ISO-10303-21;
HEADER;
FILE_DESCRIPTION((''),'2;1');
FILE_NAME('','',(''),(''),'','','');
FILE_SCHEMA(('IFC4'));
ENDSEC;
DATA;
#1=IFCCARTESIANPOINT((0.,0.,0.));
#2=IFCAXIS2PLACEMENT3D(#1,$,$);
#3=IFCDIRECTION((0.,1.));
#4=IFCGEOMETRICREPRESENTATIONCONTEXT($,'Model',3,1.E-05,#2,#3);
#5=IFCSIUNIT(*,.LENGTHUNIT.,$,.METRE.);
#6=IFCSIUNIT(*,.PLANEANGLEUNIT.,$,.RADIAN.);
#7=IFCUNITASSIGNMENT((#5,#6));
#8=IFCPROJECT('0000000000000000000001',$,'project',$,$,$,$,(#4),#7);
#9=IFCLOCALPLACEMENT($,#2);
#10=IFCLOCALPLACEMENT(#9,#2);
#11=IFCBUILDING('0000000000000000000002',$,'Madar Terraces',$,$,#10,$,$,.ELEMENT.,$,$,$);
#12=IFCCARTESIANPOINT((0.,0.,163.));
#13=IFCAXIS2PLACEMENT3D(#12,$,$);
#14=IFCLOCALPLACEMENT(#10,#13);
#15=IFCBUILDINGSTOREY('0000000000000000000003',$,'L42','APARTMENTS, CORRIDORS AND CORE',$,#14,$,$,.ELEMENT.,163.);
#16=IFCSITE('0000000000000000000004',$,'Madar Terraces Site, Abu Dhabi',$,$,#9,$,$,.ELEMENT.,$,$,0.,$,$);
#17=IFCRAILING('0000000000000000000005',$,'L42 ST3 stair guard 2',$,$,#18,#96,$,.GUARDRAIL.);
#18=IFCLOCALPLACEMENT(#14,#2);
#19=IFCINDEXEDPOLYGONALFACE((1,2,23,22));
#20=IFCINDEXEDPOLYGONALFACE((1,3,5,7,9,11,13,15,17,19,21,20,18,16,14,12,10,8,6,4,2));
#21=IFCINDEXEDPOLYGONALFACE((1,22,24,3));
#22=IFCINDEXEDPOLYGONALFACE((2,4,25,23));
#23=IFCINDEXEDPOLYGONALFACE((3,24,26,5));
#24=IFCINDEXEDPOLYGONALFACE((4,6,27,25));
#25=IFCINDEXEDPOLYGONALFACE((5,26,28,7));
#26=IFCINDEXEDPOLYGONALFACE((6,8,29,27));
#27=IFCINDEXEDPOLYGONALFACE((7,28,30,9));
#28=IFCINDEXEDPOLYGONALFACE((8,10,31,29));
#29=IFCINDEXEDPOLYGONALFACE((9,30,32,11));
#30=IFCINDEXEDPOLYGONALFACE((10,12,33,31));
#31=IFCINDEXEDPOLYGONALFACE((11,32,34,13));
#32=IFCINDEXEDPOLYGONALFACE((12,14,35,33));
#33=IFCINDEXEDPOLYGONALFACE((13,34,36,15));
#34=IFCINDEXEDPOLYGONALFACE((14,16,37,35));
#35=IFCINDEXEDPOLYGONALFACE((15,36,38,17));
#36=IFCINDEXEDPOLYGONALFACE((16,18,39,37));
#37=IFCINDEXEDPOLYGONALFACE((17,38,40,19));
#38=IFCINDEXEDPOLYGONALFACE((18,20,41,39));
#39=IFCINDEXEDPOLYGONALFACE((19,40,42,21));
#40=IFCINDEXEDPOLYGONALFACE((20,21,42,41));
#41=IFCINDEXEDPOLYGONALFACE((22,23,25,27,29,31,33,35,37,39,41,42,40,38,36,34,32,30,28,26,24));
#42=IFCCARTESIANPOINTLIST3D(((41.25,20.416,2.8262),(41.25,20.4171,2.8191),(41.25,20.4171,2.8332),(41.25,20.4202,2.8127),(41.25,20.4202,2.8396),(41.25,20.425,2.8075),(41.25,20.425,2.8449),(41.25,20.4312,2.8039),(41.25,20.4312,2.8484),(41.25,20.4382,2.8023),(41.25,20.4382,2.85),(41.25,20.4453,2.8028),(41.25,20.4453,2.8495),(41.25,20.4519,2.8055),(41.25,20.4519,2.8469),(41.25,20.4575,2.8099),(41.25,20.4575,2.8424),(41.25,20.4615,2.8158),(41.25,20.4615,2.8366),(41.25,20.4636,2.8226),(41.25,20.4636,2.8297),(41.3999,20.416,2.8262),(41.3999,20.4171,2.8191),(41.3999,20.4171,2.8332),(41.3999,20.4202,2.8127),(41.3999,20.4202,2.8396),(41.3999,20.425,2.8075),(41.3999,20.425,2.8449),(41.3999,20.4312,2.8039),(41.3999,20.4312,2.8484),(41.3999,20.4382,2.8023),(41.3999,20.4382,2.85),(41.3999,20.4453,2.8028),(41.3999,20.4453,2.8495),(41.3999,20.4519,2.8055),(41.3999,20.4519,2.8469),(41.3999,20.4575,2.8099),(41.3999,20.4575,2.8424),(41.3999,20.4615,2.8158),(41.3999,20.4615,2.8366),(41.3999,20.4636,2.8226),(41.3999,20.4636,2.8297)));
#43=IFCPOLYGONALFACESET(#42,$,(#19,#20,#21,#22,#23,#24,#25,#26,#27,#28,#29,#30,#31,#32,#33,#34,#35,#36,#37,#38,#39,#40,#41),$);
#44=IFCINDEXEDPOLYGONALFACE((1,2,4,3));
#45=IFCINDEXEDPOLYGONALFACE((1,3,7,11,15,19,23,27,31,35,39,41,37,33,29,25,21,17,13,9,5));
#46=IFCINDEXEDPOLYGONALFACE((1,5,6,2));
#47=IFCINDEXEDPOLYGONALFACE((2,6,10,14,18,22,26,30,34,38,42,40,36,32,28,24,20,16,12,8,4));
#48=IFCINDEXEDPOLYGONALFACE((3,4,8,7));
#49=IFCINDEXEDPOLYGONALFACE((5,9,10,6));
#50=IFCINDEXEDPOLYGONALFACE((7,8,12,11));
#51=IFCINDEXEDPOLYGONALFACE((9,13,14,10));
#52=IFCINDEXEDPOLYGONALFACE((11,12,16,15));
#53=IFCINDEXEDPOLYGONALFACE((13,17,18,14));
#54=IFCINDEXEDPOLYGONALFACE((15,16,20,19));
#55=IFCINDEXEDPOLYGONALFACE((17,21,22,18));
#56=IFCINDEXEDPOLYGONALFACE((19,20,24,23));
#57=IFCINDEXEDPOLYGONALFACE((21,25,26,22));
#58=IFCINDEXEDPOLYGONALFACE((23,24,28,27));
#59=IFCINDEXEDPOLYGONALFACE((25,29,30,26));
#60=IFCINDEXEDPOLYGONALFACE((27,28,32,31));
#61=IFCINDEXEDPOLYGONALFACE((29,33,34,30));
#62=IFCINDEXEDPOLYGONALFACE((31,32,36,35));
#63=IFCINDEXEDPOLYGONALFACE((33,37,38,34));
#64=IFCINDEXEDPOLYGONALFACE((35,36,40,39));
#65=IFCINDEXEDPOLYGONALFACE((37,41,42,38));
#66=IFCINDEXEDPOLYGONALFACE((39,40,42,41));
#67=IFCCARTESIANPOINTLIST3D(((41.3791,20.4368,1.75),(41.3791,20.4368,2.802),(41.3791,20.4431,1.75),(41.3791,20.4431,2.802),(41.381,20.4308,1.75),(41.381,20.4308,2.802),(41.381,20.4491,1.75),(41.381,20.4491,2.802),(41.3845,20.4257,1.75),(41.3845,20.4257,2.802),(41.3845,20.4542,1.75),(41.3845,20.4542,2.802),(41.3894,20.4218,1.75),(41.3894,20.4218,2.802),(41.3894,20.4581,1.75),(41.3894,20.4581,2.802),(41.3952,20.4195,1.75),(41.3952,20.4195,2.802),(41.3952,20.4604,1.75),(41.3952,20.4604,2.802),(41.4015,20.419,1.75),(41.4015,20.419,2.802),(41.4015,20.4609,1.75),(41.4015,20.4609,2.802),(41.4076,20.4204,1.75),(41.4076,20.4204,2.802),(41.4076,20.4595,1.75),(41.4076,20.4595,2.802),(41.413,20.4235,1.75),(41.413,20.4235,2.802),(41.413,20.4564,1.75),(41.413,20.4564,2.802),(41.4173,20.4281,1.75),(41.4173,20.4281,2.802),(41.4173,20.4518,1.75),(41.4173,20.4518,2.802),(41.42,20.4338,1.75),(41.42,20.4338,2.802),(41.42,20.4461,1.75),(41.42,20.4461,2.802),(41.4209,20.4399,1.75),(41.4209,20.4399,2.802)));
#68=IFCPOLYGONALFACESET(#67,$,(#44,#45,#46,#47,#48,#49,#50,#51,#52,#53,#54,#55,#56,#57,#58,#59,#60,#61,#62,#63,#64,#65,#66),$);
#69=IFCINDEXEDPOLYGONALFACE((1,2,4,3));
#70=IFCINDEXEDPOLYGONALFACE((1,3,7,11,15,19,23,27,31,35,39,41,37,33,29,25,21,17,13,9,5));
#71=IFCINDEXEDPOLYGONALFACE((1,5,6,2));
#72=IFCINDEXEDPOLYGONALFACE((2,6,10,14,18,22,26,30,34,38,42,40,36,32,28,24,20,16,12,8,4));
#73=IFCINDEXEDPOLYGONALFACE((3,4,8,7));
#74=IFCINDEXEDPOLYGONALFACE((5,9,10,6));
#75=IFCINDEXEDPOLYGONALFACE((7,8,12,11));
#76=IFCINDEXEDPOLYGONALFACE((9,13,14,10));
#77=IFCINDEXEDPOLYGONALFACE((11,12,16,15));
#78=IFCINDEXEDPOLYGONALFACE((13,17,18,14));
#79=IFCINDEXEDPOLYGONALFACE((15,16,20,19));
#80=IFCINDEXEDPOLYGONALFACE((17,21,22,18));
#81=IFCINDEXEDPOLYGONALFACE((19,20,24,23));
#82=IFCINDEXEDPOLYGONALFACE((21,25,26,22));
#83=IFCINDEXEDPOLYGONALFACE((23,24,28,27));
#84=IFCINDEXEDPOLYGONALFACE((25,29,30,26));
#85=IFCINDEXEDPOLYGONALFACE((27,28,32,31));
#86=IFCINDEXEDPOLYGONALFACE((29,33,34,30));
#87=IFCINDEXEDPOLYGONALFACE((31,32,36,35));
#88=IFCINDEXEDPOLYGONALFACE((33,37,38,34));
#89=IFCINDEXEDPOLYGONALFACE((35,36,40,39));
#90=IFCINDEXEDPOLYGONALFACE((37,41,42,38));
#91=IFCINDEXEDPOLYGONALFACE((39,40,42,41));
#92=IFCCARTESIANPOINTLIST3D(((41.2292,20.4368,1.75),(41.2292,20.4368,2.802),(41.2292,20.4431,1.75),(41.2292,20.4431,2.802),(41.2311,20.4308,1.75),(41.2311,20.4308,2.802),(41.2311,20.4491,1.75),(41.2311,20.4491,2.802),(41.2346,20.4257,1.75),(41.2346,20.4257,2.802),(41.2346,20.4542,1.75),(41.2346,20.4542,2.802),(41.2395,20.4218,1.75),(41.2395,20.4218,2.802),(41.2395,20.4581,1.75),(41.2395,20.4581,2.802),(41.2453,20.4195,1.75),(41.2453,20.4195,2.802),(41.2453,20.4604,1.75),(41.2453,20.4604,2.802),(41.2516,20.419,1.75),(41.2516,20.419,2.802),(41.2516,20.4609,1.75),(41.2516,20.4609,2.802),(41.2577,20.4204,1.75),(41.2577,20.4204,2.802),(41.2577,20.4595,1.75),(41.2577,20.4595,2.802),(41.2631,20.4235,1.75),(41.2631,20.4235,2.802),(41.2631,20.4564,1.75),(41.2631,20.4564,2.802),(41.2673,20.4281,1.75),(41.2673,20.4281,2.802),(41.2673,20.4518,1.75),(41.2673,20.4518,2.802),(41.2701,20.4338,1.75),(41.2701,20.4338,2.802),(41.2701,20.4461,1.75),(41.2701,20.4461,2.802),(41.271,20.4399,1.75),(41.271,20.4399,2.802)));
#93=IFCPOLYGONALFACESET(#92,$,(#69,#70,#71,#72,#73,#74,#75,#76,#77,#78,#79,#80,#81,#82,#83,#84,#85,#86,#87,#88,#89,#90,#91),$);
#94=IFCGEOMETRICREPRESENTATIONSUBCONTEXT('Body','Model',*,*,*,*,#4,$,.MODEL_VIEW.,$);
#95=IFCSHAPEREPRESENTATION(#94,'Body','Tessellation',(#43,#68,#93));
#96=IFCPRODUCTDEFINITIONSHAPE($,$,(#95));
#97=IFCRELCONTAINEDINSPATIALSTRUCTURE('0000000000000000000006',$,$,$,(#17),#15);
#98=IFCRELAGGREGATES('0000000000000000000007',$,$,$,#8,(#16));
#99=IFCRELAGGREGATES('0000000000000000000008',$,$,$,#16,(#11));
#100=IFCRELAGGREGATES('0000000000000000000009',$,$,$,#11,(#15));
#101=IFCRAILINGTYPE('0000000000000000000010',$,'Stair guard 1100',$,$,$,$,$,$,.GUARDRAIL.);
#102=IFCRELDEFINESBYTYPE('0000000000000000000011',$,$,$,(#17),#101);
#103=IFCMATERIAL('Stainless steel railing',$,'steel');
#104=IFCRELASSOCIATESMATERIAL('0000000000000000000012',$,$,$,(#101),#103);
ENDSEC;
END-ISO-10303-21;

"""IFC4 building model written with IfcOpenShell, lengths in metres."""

from ifc_helpers import new_model, si_unit, direction, frame, origin, origin_2d, place, context, subcontext, project, spatial, circle, extrude, material, type_object, element, save


model = new_model("IFC4")

# Units and contexts
model_context = context("Model", 3, precision=1e-05, world=origin(), true_north=direction((0.0, 1.0)))
body_context = subcontext(model_context, "Body", "Model", "MODEL_VIEW")
ifc_project = project(units=[si_unit("LENGTHUNIT", "METRE"), si_unit("PLANEANGLEUNIT", "RADIAN")], contexts=[model_context])

# Site, building, storey
site_placement = place(None, origin())
site = spatial("IfcSite", under=ifc_project, at=site_placement, Name="Madar Terraces Site, Abu Dhabi", CompositionType="ELEMENT", RefElevation=0.0)
building_placement = place(site_placement, origin())
building = spatial("IfcBuilding", under=site, at=building_placement, Name="Madar Terraces", CompositionType="ELEMENT")
storey_placement = place(building_placement, frame((0.0, 0.0, 163.0)))
storey = spatial("IfcBuildingStorey", under=building, at=storey_placement, Name="L42", Description="APARTMENTS, CORRIDORS AND CORE", CompositionType="ELEMENT", Elevation=163.0)

# Railing
ifc_material_1 = material(Name="Stainless steel railing", Category="steel")
railing_type_1 = type_object("IfcRailingType", Name="Stair guard 1100", PredefinedType="GUARDRAIL", material=ifc_material_1)
railing_1_placement = place(storey_placement, frame((41.3999, 20.4399, 1.75)))
element("IfcRailing", 1, at=railing_1_placement, inside=storey, type_object=railing_type_1, Name="L42 ST3 stair guard 2", PredefinedType="GUARDRAIL", context=body_context, shape_type="SweptSolid", body=[
    extrude(circle(Radius=0.0239, at=origin_2d()), frame((0.0, 0.0, 1.0762), z_axis=(-1.0, 0.0, 0.0), x_axis=(0.0, -1.0, 0.0)), (0.0, 0.0, 1.0), 0.1499),
    extrude(circle(Radius=0.021, at=origin_2d()), origin(), (0.0, 0.0, 1.0), 1.052),
    extrude(circle(Radius=0.021, at=origin_2d()), frame((-0.1499, 0.0, 0.0)), (0.0, 0.0, 1.0), 1.052),
])

save(model, "model.ifc")
